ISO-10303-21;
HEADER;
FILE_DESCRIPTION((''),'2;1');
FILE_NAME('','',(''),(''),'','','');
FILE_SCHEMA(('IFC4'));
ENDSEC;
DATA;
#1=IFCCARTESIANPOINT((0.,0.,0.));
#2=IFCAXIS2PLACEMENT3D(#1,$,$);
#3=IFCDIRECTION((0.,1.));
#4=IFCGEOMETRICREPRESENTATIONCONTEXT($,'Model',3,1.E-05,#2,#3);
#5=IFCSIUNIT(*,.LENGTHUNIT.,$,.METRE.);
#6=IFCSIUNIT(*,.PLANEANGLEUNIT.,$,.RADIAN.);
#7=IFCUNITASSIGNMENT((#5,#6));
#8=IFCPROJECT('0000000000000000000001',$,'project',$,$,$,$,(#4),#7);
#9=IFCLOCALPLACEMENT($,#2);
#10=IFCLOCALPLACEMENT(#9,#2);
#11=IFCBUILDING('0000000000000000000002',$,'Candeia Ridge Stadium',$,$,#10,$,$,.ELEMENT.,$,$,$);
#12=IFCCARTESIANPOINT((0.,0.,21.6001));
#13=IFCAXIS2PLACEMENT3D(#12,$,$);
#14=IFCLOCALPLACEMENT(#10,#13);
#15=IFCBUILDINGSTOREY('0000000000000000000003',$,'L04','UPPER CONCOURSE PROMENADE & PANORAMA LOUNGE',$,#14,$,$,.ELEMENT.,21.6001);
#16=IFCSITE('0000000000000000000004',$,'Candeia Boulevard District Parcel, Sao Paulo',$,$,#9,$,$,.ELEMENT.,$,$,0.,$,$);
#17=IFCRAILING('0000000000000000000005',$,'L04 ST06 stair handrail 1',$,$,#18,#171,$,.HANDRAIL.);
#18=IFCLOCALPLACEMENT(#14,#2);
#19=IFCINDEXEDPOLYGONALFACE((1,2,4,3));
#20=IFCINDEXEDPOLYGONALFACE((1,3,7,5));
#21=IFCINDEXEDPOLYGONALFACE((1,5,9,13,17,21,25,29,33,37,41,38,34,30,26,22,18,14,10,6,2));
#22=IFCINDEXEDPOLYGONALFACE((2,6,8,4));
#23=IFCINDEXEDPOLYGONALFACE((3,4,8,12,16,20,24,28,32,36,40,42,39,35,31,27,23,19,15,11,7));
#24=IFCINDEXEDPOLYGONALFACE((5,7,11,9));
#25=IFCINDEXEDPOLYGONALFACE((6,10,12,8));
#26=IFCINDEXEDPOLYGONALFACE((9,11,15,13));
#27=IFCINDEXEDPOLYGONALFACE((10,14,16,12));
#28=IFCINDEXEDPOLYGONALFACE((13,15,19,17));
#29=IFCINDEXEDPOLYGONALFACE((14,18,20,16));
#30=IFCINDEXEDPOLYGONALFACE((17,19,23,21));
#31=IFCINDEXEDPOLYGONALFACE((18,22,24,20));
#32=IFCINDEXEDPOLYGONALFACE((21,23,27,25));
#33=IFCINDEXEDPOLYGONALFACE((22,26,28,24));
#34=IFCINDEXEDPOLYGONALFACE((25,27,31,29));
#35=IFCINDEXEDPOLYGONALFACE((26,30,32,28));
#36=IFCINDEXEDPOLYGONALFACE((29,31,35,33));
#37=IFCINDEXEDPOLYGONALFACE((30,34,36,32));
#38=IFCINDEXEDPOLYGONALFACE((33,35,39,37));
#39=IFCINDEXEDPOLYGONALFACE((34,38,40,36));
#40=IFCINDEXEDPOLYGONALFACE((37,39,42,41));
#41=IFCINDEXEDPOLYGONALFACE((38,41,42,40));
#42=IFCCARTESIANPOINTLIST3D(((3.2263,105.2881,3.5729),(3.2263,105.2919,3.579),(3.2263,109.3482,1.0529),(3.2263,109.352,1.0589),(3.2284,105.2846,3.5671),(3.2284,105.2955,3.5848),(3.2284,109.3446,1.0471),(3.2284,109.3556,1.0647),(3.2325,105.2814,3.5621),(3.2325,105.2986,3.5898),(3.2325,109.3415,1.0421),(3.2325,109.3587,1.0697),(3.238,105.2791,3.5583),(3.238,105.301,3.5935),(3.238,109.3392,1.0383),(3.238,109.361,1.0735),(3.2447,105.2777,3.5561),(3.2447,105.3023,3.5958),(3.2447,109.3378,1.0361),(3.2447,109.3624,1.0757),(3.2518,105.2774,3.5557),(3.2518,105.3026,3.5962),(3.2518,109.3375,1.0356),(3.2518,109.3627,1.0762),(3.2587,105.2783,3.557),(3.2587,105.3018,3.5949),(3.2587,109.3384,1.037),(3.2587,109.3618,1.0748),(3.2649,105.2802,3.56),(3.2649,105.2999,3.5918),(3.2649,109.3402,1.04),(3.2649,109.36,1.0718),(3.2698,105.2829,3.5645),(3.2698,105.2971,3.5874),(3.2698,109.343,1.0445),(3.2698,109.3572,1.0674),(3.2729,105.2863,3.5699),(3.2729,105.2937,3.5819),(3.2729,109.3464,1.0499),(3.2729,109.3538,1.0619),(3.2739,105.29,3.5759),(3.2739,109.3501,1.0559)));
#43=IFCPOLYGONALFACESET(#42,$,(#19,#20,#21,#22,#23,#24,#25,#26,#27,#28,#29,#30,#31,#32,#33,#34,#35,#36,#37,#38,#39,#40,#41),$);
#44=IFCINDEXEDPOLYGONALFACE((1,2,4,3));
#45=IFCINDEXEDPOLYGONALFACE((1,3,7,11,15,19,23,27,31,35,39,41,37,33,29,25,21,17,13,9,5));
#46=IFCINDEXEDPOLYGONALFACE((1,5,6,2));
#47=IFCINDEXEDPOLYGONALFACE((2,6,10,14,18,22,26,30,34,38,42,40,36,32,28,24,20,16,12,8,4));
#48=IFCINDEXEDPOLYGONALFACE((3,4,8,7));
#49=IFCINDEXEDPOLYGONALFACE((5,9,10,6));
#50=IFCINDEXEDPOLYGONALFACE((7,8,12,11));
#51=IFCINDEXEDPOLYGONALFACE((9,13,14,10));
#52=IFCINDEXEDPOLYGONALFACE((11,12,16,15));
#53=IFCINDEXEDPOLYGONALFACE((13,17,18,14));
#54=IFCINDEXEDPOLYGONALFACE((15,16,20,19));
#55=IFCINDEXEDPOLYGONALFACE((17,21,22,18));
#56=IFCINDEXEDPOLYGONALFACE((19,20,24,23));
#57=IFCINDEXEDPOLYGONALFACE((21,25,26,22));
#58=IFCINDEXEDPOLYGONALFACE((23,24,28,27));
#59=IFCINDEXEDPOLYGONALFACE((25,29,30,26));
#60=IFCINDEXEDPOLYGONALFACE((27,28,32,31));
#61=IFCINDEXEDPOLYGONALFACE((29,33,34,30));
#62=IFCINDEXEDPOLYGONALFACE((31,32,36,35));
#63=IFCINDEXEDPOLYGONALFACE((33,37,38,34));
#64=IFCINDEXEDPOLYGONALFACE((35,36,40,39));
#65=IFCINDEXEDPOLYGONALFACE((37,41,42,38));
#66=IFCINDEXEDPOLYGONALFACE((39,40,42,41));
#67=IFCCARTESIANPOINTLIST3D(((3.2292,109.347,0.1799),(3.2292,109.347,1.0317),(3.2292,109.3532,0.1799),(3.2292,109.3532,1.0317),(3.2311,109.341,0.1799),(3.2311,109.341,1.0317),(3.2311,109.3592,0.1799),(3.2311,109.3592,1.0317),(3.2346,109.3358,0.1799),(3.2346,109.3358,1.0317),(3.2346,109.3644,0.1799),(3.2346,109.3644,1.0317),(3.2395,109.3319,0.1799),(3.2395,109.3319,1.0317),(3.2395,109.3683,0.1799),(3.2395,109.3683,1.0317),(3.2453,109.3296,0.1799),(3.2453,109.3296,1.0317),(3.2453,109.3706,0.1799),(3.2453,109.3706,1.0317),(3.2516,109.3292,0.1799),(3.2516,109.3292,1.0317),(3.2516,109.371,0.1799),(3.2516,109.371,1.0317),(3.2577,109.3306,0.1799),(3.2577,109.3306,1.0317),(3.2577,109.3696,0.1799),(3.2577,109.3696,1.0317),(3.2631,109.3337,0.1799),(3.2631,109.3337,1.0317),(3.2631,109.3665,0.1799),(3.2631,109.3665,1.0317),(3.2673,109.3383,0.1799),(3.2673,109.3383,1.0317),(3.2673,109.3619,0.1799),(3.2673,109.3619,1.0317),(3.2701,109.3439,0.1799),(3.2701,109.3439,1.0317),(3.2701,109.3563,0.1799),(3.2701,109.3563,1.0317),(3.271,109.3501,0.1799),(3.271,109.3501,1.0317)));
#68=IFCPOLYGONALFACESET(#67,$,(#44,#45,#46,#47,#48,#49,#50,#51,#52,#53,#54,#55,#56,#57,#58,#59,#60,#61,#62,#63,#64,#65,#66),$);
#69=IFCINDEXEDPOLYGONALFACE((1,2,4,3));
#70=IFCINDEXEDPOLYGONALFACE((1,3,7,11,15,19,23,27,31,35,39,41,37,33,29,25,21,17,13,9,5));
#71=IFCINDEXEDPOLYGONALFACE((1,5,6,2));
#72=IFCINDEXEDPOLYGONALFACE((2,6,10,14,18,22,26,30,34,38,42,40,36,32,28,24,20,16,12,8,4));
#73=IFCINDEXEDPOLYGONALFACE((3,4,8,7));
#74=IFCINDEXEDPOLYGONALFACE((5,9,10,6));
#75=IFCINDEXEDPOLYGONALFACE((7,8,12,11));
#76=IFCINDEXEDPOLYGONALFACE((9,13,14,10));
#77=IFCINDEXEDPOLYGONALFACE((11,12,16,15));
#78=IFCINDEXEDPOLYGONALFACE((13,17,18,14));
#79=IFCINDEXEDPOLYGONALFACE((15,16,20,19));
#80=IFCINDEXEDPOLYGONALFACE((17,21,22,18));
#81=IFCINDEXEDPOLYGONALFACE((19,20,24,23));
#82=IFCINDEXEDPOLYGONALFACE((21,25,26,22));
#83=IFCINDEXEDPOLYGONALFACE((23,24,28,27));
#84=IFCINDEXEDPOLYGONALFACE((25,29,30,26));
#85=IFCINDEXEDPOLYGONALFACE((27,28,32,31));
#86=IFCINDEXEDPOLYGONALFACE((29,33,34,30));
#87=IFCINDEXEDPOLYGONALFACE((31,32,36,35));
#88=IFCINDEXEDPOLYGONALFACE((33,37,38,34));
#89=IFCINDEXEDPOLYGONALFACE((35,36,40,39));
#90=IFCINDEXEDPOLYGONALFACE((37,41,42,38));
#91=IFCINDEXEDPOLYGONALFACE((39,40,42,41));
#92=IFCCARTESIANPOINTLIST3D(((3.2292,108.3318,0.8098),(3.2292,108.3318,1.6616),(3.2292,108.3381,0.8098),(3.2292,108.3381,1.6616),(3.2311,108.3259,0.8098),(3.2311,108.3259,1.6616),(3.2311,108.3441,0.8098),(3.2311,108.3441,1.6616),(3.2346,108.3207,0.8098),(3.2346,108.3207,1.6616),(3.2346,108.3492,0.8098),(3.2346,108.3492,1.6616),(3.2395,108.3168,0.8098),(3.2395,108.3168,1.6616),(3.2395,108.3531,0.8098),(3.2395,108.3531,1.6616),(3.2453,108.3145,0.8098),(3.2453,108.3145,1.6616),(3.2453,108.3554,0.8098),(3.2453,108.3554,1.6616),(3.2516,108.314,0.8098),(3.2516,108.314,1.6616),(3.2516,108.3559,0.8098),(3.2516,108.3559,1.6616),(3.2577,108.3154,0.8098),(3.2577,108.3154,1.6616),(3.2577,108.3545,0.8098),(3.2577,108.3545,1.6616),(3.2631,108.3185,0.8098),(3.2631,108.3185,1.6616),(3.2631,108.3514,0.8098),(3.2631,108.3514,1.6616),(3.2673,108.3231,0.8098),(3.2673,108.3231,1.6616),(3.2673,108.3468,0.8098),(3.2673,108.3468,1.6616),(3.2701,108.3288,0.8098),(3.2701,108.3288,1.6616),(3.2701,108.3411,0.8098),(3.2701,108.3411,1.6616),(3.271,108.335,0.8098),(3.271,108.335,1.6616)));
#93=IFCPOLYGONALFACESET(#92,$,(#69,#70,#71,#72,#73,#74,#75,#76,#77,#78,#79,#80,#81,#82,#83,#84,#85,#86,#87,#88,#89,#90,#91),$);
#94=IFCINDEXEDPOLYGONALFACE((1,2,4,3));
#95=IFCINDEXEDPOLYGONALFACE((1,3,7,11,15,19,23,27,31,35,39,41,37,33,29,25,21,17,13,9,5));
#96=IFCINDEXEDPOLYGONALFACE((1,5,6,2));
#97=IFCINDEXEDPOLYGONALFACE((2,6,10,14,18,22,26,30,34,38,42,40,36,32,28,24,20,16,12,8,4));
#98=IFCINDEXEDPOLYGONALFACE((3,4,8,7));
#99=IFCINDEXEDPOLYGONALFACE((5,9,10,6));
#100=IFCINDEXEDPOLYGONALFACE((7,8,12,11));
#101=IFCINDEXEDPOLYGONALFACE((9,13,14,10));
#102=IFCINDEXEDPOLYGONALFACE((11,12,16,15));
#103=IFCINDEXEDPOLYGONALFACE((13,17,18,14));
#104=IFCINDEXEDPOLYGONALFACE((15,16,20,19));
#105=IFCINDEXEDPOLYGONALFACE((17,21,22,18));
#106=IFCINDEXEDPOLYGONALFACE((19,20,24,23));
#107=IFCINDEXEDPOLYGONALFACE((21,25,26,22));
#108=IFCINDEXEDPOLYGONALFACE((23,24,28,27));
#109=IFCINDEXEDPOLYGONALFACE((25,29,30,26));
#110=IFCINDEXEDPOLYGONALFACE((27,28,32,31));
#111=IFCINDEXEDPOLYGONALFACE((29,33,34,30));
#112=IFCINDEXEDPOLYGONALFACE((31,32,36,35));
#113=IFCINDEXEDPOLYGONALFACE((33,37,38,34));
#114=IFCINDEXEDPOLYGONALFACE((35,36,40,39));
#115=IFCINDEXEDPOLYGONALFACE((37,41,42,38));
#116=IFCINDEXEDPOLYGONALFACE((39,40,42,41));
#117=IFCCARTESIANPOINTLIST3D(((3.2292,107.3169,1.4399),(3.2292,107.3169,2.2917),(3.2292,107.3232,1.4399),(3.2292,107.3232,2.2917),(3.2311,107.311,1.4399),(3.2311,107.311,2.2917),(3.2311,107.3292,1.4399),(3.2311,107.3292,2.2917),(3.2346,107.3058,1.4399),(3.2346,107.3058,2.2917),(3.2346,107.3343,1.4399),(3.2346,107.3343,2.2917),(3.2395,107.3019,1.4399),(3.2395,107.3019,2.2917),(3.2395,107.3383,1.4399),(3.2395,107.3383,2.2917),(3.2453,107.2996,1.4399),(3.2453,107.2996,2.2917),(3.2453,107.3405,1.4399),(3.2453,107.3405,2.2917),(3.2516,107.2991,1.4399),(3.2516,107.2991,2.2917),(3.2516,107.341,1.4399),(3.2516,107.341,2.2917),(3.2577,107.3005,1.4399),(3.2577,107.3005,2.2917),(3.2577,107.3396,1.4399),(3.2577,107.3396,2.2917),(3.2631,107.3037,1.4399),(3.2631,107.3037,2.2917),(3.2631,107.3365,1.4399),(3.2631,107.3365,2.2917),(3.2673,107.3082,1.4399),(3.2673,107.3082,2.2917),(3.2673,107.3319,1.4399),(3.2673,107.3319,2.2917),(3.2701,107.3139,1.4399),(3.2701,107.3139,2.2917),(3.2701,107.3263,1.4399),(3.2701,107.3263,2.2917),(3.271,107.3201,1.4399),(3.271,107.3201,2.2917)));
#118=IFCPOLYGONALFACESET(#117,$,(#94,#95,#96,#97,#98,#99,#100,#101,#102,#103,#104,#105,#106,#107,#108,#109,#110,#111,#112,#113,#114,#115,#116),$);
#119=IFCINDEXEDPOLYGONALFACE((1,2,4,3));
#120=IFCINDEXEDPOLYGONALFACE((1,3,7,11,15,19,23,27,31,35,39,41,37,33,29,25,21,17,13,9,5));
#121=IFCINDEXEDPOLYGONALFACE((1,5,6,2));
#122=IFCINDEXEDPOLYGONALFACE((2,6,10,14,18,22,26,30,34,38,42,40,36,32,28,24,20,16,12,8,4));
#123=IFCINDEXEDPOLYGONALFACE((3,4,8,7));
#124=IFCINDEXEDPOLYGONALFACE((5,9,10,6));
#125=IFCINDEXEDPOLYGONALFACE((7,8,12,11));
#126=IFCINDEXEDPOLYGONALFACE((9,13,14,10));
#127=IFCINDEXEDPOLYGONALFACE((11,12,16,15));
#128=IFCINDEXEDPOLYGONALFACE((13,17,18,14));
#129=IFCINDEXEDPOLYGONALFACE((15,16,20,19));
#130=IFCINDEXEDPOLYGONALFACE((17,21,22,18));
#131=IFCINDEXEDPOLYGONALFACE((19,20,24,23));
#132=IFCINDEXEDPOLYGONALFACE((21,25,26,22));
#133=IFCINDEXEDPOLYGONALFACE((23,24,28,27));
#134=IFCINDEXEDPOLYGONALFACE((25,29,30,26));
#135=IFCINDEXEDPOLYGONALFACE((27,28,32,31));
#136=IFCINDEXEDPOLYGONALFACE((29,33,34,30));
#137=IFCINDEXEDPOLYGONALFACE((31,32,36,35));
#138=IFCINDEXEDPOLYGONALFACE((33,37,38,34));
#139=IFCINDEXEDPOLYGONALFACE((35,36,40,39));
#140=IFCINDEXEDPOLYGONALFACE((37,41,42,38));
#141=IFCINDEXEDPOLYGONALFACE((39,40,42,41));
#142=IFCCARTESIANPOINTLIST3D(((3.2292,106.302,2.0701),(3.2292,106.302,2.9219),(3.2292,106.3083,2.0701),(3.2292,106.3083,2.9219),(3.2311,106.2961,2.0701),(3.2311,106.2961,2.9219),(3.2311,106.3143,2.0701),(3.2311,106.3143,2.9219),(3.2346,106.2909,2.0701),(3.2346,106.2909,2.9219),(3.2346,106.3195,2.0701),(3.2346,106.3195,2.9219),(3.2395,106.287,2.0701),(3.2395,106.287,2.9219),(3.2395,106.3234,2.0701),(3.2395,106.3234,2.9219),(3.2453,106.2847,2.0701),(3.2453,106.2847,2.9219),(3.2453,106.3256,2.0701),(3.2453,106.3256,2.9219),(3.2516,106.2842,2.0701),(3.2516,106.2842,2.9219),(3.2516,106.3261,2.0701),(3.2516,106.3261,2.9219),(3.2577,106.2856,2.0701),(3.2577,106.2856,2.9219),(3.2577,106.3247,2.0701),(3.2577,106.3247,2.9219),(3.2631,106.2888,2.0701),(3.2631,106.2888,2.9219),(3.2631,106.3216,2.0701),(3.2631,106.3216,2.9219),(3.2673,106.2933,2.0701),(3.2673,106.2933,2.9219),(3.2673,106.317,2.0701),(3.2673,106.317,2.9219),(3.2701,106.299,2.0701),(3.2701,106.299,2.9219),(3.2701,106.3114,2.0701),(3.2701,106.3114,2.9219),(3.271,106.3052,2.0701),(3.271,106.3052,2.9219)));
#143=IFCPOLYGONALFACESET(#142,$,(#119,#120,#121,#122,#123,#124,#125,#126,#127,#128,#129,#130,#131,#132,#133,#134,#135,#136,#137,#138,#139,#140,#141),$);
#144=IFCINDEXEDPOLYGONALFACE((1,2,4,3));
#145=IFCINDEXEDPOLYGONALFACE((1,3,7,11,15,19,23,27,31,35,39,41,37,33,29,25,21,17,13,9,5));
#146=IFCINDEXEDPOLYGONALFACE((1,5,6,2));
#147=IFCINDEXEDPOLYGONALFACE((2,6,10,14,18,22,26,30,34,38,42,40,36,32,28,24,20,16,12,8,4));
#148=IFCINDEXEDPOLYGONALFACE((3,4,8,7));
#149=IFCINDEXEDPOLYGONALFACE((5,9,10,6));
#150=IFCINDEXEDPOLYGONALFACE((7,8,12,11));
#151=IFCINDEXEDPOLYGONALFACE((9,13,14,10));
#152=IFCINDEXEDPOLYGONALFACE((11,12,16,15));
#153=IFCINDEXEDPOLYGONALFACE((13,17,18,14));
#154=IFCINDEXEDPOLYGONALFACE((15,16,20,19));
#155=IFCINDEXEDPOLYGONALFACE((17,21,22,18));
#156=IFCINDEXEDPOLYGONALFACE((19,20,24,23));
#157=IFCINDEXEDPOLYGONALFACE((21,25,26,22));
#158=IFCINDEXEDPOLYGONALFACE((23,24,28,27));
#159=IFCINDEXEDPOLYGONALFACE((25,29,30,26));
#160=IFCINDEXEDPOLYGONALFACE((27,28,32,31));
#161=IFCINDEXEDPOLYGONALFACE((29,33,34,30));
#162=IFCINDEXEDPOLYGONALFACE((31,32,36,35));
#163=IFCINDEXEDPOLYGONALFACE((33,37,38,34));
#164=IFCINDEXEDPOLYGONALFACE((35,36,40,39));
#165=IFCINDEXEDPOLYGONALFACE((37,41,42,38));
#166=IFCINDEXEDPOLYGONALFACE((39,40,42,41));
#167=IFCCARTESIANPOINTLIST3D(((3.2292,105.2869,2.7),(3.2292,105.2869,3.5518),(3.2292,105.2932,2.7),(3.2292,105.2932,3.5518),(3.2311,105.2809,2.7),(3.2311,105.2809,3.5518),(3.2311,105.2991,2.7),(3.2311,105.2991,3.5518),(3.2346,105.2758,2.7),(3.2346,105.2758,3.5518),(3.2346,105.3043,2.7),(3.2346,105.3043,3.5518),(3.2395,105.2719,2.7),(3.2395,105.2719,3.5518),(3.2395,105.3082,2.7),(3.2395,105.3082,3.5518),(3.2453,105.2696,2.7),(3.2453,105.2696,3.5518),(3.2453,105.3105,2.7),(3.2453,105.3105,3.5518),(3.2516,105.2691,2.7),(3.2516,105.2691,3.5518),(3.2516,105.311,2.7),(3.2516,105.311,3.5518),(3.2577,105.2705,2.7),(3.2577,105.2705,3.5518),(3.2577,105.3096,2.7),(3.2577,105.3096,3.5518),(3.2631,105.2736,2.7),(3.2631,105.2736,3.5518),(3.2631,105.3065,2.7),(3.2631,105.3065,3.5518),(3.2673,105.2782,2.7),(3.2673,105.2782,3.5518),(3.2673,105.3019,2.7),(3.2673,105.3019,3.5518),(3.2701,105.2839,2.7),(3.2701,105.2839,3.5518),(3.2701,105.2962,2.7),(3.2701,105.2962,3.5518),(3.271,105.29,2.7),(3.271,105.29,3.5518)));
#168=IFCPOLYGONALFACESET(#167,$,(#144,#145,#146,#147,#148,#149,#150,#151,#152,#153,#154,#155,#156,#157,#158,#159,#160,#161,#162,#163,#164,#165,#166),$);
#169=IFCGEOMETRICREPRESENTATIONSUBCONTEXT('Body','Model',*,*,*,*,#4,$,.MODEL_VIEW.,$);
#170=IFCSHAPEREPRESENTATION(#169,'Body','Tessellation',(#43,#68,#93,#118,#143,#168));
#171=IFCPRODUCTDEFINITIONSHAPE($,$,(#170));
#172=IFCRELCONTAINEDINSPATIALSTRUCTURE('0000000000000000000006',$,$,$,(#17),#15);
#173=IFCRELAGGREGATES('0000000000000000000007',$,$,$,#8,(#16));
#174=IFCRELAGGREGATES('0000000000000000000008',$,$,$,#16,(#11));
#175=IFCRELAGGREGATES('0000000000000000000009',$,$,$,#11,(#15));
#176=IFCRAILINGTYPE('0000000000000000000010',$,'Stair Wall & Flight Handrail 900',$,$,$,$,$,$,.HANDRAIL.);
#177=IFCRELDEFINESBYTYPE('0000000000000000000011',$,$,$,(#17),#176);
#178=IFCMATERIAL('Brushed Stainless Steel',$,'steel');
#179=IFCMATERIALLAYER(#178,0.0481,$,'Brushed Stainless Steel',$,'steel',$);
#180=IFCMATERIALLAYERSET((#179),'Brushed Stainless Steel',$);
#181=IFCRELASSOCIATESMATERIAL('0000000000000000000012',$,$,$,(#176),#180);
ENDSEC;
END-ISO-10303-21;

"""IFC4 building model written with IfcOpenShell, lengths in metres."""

from ifc_helpers import new_model, si_unit, direction, frame, origin, origin_2d, place, context, subcontext, project, spatial, circle, extrude, material, layer, layer_set, type_object, element, save


model = new_model("IFC4")

# Units and contexts
model_context = context("Model", 3, precision=1e-05, world=origin(), true_north=direction((0.0, 1.0)))
body_context = subcontext(model_context, "Body", "Model", "MODEL_VIEW")
ifc_project = project(units=[si_unit("LENGTHUNIT", "METRE"), si_unit("PLANEANGLEUNIT", "RADIAN")], contexts=[model_context])

# Site, building, storey
site_placement = place(None, origin())
site = spatial("IfcSite", under=ifc_project, at=site_placement, Name="Candeia Boulevard District Parcel, Sao Paulo", CompositionType="ELEMENT", RefElevation=0.0)
building_placement = place(site_placement, origin())
building = spatial("IfcBuilding", under=site, at=building_placement, Name="Candeia Ridge Stadium", CompositionType="ELEMENT")
storey_placement = place(building_placement, frame((0.0, 0.0, 21.6001)))
storey = spatial("IfcBuildingStorey", under=building, at=storey_placement, Name="L04", Description="UPPER CONCOURSE PROMENADE & PANORAMA LOUNGE", CompositionType="ELEMENT", Elevation=21.6001)

# Railing
ifc_material_1 = material(Name="Brushed Stainless Steel", Category="steel")
ifc_layer_1 = layer(ifc_material_1, 0.0481, Name="Brushed Stainless Steel", Category="steel")
ifc_layer_set_1 = layer_set([ifc_layer_1], Name="Brushed Stainless Steel")
railing_type_1 = type_object("IfcRailingType", Name="Stair Wall & Flight Handrail 900", PredefinedType="HANDRAIL", material=ifc_layer_set_1)
railing_1_placement = place(storey_placement, frame((3.25, 109.3501, 0.1799)))
element("IfcRailing", 1, at=railing_1_placement, inside=storey, type_object=railing_type_1, Name="L04 ST06 stair handrail 1", PredefinedType="HANDRAIL", context=body_context, shape_type="SweptSolid", body=[
    extrude(circle(Radius=0.0239, at=origin_2d()), frame((0.0, 0.0, 0.876), z_axis=(0.0, -0.849642, 0.52736), x_axis=(1.0, 0.0, 0.0)), (0.0, 0.0, 1.0), 4.7786),
    extrude(circle(Radius=0.021, at=origin_2d()), origin(), (0.0, 0.0, 1.0), 0.8518),
    extrude(circle(Radius=0.021, at=origin_2d()), frame((0.0, -1.0151, 0.6299)), (0.0, 0.0, 1.0), 0.8518),
    extrude(circle(Radius=0.021, at=origin_2d()), frame((0.0, -2.03, 1.26)), (0.0, 0.0, 1.0), 0.8518),
    extrude(circle(Radius=0.021, at=origin_2d()), frame((0.0, -3.0449, 1.8901)), (0.0, 0.0, 1.0), 0.8518),
    extrude(circle(Radius=0.021, at=origin_2d()), frame((0.0, -4.0601, 2.52)), (0.0, 0.0, 1.0), 0.8518),
])

save(model, "model.ifc")
